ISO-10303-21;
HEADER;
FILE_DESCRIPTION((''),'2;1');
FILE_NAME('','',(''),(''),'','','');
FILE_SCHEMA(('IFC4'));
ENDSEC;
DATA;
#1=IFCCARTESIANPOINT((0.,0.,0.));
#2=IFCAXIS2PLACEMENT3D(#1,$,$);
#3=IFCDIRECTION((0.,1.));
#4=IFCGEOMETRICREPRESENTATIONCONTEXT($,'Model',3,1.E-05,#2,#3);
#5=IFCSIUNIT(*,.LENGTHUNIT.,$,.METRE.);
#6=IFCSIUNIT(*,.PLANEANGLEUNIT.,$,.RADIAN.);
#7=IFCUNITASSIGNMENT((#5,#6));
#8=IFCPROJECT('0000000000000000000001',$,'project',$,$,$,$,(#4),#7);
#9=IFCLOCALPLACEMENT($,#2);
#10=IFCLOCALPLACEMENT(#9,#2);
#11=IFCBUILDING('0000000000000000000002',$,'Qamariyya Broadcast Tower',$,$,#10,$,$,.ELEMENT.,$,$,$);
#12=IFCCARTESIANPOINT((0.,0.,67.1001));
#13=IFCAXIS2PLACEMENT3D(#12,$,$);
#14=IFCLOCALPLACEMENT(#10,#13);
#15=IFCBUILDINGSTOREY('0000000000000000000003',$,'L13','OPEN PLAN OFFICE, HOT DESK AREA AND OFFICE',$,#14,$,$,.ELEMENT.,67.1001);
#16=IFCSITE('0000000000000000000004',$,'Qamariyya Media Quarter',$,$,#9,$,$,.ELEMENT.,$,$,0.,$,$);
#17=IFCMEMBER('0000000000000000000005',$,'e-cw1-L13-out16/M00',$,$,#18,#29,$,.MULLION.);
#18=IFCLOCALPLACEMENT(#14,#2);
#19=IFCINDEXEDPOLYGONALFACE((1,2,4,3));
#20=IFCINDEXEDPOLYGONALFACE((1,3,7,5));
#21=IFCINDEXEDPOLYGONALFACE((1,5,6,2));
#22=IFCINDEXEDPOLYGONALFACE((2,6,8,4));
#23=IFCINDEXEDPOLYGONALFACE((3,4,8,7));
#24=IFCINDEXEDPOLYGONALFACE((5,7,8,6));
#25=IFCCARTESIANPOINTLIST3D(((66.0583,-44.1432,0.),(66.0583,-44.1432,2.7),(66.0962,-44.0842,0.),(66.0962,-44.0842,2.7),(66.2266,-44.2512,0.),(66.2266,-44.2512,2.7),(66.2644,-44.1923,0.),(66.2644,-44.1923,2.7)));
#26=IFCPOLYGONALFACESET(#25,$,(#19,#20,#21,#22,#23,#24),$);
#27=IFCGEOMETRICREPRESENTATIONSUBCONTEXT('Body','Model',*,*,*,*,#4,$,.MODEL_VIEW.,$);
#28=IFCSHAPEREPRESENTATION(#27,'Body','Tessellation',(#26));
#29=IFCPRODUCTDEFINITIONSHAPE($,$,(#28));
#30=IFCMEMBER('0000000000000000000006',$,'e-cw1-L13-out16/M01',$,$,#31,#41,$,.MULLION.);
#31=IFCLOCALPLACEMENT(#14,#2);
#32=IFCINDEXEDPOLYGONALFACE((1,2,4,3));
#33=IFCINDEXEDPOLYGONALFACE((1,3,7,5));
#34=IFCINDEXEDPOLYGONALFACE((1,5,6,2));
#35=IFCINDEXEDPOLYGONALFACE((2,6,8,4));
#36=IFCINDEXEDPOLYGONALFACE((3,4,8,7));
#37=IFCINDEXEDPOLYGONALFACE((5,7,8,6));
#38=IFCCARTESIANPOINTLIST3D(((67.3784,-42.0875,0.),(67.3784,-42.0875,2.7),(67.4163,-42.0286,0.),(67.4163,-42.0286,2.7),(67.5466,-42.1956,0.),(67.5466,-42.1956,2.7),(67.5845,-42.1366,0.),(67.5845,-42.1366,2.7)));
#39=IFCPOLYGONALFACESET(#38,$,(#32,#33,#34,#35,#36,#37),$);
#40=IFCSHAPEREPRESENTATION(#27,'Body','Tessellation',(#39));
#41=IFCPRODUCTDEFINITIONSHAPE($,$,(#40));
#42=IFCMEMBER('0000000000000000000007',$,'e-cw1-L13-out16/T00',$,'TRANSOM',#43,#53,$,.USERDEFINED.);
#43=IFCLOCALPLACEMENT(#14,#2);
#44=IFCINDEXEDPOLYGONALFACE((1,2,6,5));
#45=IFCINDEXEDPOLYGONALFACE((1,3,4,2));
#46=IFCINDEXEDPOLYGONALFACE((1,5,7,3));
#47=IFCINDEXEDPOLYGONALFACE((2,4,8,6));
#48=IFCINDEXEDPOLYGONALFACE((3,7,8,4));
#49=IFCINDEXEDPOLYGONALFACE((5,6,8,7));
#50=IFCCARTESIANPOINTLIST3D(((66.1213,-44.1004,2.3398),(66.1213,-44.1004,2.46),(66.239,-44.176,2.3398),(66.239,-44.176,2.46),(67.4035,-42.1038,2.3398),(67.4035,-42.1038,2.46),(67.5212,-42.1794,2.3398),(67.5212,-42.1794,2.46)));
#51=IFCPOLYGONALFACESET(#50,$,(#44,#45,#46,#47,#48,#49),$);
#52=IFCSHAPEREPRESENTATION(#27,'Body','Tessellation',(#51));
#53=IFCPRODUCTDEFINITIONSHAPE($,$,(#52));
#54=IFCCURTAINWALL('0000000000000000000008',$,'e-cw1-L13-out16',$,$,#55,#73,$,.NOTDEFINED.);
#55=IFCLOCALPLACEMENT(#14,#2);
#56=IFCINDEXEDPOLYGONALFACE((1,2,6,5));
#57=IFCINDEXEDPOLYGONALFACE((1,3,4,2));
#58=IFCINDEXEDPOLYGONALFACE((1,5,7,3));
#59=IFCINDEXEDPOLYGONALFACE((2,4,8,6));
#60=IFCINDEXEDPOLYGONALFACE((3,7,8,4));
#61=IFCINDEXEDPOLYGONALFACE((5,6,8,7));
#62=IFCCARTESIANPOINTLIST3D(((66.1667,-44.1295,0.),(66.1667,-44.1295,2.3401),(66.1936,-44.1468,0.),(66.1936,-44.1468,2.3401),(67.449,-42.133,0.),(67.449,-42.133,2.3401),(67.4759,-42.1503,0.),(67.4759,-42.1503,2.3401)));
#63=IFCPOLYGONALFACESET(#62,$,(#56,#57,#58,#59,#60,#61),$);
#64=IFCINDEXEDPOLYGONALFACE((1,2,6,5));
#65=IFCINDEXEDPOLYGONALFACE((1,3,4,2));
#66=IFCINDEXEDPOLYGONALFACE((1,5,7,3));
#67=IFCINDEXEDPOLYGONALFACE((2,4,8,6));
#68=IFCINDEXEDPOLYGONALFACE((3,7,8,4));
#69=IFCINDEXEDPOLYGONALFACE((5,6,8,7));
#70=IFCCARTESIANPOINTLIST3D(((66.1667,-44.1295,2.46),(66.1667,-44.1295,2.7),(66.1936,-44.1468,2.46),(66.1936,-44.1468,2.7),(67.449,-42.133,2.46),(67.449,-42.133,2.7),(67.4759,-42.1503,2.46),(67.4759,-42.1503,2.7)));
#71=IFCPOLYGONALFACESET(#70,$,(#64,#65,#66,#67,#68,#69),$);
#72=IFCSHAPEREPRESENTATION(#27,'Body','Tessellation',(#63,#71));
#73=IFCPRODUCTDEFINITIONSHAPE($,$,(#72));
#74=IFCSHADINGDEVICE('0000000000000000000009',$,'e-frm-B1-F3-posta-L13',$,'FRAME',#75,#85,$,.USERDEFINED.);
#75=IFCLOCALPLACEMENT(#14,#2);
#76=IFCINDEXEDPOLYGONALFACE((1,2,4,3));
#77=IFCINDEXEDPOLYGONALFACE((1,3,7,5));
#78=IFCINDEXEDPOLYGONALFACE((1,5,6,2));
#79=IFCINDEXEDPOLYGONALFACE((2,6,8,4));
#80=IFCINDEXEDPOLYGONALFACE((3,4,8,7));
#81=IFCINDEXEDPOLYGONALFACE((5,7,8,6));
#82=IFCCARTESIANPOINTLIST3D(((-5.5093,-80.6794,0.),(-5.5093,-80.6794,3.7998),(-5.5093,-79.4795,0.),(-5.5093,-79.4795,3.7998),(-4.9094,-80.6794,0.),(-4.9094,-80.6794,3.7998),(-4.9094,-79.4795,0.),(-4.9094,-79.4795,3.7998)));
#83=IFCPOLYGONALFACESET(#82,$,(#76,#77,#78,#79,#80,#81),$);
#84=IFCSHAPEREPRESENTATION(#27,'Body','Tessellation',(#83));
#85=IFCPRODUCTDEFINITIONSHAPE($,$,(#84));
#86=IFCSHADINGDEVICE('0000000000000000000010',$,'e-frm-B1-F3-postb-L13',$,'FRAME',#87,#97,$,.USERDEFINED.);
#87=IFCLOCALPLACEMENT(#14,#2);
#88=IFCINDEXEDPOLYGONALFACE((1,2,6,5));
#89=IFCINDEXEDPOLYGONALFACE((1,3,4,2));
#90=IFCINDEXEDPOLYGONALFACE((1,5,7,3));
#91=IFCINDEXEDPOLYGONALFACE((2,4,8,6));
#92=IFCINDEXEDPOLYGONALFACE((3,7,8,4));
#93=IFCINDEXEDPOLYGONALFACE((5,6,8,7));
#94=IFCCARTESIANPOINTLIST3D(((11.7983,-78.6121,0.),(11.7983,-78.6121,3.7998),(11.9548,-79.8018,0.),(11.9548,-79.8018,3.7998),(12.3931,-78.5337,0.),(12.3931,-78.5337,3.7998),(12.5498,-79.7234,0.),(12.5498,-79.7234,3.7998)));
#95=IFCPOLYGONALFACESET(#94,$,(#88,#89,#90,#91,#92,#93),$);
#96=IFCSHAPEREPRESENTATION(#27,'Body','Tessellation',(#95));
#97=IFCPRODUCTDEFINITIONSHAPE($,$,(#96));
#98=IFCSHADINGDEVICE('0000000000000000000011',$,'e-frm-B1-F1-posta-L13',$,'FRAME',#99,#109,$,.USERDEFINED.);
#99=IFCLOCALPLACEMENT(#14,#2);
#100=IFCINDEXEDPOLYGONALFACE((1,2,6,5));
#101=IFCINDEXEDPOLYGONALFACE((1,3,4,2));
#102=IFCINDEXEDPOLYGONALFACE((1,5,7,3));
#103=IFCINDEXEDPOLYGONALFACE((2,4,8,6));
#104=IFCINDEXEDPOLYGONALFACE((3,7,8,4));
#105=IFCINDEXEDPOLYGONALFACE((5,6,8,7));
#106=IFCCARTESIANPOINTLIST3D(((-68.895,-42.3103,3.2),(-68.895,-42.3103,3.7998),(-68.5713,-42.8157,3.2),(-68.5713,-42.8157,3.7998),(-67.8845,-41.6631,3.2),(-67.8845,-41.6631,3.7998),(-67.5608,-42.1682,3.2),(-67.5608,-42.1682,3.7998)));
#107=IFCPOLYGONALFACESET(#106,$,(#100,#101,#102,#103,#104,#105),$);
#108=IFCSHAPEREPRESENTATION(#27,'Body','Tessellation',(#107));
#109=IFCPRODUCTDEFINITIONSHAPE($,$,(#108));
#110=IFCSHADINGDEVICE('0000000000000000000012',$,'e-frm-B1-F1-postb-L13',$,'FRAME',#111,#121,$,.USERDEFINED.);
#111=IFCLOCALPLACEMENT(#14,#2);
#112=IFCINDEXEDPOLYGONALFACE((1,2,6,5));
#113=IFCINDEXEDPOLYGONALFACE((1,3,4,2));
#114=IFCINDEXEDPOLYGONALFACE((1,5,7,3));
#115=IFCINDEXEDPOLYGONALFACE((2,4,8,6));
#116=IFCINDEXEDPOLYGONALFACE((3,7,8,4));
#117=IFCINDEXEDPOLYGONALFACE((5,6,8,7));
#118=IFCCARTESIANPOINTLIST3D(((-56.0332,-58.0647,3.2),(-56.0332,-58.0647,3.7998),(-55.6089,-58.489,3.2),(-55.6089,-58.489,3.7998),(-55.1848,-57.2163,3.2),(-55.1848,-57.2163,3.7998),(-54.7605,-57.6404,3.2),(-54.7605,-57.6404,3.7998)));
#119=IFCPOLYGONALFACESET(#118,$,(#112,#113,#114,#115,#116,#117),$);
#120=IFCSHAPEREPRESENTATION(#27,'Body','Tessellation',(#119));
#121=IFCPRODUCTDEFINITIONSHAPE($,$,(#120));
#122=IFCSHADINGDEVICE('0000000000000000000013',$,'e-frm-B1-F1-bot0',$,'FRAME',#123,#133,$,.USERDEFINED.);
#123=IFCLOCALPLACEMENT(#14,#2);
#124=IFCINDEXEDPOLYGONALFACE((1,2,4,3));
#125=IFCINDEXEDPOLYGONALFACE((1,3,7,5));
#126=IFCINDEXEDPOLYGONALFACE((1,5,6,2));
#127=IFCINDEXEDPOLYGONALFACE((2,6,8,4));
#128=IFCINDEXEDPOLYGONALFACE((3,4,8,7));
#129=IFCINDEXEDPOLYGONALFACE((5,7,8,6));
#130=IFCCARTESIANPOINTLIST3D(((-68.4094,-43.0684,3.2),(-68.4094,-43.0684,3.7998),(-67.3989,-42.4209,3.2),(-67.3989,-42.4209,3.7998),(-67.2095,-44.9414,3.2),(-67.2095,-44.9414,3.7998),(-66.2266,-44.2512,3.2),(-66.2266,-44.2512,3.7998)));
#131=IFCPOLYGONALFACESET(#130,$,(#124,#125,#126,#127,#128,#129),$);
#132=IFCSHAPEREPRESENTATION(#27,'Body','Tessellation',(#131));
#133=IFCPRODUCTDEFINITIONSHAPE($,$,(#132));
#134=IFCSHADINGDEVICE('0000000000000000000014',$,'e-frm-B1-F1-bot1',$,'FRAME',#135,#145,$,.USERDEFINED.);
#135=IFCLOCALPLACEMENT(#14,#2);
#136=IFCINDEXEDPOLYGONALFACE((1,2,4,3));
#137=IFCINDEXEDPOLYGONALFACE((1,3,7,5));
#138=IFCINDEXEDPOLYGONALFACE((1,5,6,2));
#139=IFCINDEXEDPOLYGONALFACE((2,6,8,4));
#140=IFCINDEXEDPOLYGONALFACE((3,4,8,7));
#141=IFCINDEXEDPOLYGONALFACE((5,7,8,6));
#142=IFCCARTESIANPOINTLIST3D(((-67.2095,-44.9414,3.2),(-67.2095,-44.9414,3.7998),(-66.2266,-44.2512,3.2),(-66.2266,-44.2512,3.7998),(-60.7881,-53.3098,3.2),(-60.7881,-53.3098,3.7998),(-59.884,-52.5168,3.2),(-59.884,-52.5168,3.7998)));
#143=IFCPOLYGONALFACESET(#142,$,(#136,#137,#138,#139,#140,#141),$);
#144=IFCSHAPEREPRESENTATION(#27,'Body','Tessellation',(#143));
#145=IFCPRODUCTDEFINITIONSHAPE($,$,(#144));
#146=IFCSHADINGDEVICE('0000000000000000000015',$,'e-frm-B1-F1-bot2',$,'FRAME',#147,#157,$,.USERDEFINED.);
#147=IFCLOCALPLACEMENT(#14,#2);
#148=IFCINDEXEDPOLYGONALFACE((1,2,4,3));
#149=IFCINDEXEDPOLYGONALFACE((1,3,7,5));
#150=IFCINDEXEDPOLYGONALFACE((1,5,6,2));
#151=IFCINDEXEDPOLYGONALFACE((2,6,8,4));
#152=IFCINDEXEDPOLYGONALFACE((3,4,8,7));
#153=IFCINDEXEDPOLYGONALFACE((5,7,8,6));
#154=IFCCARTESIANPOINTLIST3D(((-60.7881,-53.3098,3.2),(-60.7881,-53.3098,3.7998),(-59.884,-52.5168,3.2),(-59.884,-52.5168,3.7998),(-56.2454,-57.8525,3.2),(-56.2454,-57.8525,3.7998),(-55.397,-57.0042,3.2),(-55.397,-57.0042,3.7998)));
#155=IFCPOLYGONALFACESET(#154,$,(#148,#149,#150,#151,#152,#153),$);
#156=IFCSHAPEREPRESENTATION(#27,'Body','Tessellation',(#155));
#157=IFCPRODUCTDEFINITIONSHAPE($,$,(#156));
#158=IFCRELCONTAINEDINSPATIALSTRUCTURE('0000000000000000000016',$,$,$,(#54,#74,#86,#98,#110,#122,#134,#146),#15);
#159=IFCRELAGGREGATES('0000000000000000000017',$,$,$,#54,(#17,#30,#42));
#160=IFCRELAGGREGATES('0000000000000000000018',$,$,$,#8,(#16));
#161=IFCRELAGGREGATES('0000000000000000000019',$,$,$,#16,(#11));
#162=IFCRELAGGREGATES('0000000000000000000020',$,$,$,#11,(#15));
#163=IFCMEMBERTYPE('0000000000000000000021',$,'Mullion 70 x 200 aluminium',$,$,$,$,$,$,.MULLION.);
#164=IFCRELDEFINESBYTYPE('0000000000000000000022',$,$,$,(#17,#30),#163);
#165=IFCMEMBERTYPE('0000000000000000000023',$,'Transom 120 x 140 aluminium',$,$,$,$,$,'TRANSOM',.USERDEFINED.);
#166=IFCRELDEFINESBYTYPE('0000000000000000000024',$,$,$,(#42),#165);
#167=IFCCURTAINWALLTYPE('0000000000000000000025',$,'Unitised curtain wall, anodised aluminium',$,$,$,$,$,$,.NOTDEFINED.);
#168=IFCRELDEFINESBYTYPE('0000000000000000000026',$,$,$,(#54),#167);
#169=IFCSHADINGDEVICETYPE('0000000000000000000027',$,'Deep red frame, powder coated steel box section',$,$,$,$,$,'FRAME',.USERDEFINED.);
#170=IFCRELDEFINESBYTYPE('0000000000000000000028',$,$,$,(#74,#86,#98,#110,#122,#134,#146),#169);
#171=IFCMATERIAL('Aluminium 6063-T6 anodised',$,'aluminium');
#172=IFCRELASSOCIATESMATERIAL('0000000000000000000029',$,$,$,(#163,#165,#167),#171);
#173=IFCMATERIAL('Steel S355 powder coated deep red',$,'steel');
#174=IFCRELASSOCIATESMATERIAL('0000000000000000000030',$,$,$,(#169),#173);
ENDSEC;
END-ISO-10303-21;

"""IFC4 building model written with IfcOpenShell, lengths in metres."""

from ifc_helpers import new_model, si_unit, direction, frame, origin, origin_2d, place, context, subcontext, project, spatial, polyline, rectangle, outline, extrude, material, material_profile, profile_set, type_object, element, aggregate, save


model = new_model("IFC4")

# Units and contexts
model_context = context("Model", 3, precision=1e-05, world=origin(), true_north=direction((0.0, 1.0)))
body_context = subcontext(model_context, "Body", "Model", "MODEL_VIEW")
ifc_project = project(units=[si_unit("LENGTHUNIT", "METRE"), si_unit("PLANEANGLEUNIT", "RADIAN")], contexts=[model_context])

# Members
ifc_material_1 = material(Name="Aluminium 6063-T6 anodised", Category="aluminium")
ifc_material_profile_1 = material_profile(ifc_material_1, rectangle(XDim=0.2, YDim=0.0701, at=origin_2d()))
ifc_profile_set_1 = profile_set([ifc_material_profile_1], Name="Aluminium 6063-T6 anodised")
member_type_1 = type_object("IfcMemberType", Name="Mullion 70 x 200 aluminium", PredefinedType="MULLION", material=ifc_profile_set_1)
site_placement = place(None, origin())
building_placement = place(site_placement, origin())
storey_placement = place(building_placement, frame((0.0, 0.0, 67.1001)))
member_1_placement = place(storey_placement, frame((66.1614, -44.1677, 0.0), z_axis=(0.0, 0.0, 1.0), x_axis=(-0.841439, 0.540353, 0.0)))
member_1 = element("IfcMember", 1, at=member_1_placement, type_object=member_type_1, Name="e-cw1-L13-out16/M00", PredefinedType="MULLION", context=body_context, shape_type="SweptSolid", body=[
    extrude(rectangle(XDim=0.2, YDim=0.0701, at=origin_2d()), origin(), (0.0, 0.0, 1.0), 2.7),
])
member_2_placement = place(storey_placement, frame((67.4814, -42.1121, 0.0), z_axis=(0.0, 0.0, 1.0), x_axis=(-0.841439, 0.540353, 0.0)))
member_2 = element("IfcMember", 2, at=member_2_placement, type_object=member_type_1, Name="e-cw1-L13-out16/M01", PredefinedType="MULLION", context=body_context, shape_type="SweptSolid", body=[
    extrude(rectangle(XDim=0.2, YDim=0.0701, at=origin_2d()), origin(), (0.0, 0.0, 1.0), 2.7),
])
ifc_material_profile_2 = material_profile(ifc_material_1, rectangle(XDim=0.1399, YDim=0.1201, at=origin_2d()))
ifc_profile_set_2 = profile_set([ifc_material_profile_2], Name="Aluminium 6063-T6 anodised")
member_type_2 = type_object("IfcMemberType", Name="Transom 120 x 140 aluminium", ElementType="TRANSOM", PredefinedType="USERDEFINED", material=ifc_profile_set_2)
member_3_placement = place(storey_placement, frame((66.1802, -44.1382, 2.3999), z_axis=(0.540373, 0.841426, 0.0), x_axis=(-0.841426, 0.540373, 0.0)))
member_3 = element("IfcMember", 3, at=member_3_placement, type_object=member_type_2, Name="e-cw1-L13-out16/T00", ObjectType="TRANSOM", PredefinedType="USERDEFINED", context=body_context, shape_type="SweptSolid", body=[
    extrude(rectangle(XDim=0.1399, YDim=0.1201, at=origin_2d()), origin(), (0.0, 0.0, 1.0), 2.3728),
])

# Site, building, storey
site = spatial("IfcSite", under=ifc_project, at=site_placement, Name="Qamariyya Media Quarter", CompositionType="ELEMENT", RefElevation=0.0)
building = spatial("IfcBuilding", under=site, at=building_placement, Name="Qamariyya Broadcast Tower", CompositionType="ELEMENT")
storey = spatial("IfcBuildingStorey", under=building, at=storey_placement, Name="L13", Description="OPEN PLAN OFFICE, HOT DESK AREA AND OFFICE", CompositionType="ELEMENT", Elevation=67.1001)

# Curtain wall
curtain_wall_type = type_object("IfcCurtainWallType", Name="Unitised curtain wall, anodised aluminium", PredefinedType="NOTDEFINED", material=ifc_material_1)
curtain_wall_1_placement = place(storey_placement, origin())
curtain_wall_1 = element("IfcCurtainWall", 4, at=curtain_wall_1_placement, inside=storey, type_object=curtain_wall_type, Name="e-cw1-L13-out16", PredefinedType="NOTDEFINED", context=body_context, shape_type="SweptSolid", body=[
    extrude(rectangle(XDim=2.3728, YDim=0.032, at=origin_2d()), frame((66.8213, -43.1399, 0.0), x_axis=(0.540404, 0.841406, 0.0)), (0.0, 0.0, 1.0), 2.3401),
    extrude(rectangle(XDim=2.3728, YDim=0.032, at=origin_2d()), frame((66.8213, -43.1399, 2.46), x_axis=(0.540404, 0.841406, 0.0)), (0.0, 0.0, 1.0), 0.24),
])
aggregate(curtain_wall_1, [member_1, member_2, member_3])

# Shading devices
ifc_material_2 = material(Name="Steel S355 powder coated deep red", Category="steel")
shading_device_type = type_object("IfcShadingDeviceType", Name="Deep red frame, powder coated steel box section", ElementType="FRAME", PredefinedType="USERDEFINED", material=ifc_material_2)
shading_device_1_placement = place(storey_placement, origin())
element("IfcShadingDevice", 5, at=shading_device_1_placement, inside=storey, type_object=shading_device_type, Name="e-frm-B1-F3-posta-L13", ObjectType="FRAME", PredefinedType="USERDEFINED", context=body_context, shape_type="SweptSolid", body=[
    extrude(outline(polyline([(-5.5093, -79.4795), (-5.5093, -80.6794), (-4.9094, -80.6794), (-4.9094, -79.4795), (-5.5093, -79.4795)])), origin(), (0.0, 0.0, 1.0), 3.7998),
])
shading_device_2_placement = place(storey_placement, origin())
element("IfcShadingDevice", 6, at=shading_device_2_placement, inside=storey, type_object=shading_device_type, Name="e-frm-B1-F3-postb-L13", ObjectType="FRAME", PredefinedType="USERDEFINED", context=body_context, shape_type="SweptSolid", body=[
    extrude(outline(polyline([(11.7983, -78.6121), (11.9548, -79.8018), (12.5498, -79.7234), (12.3931, -78.5337), (11.7983, -78.6121)])), origin(), (0.0, 0.0, 1.0), 3.7998),
])
shading_device_3_placement = place(storey_placement, frame((0.0, 0.0, 3.2)))
element("IfcShadingDevice", 7, at=shading_device_3_placement, inside=storey, type_object=shading_device_type, Name="e-frm-B1-F1-posta-L13", ObjectType="FRAME", PredefinedType="USERDEFINED", context=body_context, shape_type="SweptSolid", body=[
    extrude(outline(polyline([(-67.8845, -41.6631), (-68.895, -42.3103), (-68.5713, -42.8157), (-67.5608, -42.1682), (-67.8845, -41.6631)])), origin(), (0.0, 0.0, 1.0), 0.5999),
])
shading_device_4_placement = place(storey_placement, frame((0.0, 0.0, 3.2)))
element("IfcShadingDevice", 8, at=shading_device_4_placement, inside=storey, type_object=shading_device_type, Name="e-frm-B1-F1-postb-L13", ObjectType="FRAME", PredefinedType="USERDEFINED", context=body_context, shape_type="SweptSolid", body=[
    extrude(outline(polyline([(-55.1848, -57.2163), (-56.0332, -58.0647), (-55.6089, -58.489), (-54.7605, -57.6404), (-55.1848, -57.2163)])), origin(), (0.0, 0.0, 1.0), 0.5999),
])
shading_device_5_placement = place(storey_placement, frame((0.0, 0.0, 3.2)))
element("IfcShadingDevice", 9, at=shading_device_5_placement, inside=storey, type_object=shading_device_type, Name="e-frm-B1-F1-bot0", ObjectType="FRAME", PredefinedType="USERDEFINED", context=body_context, shape_type="SweptSolid", body=[
    extrude(outline(polyline([(-67.3989, -42.4209), (-68.4094, -43.0684), (-67.2095, -44.9414), (-66.2266, -44.2512), (-67.3989, -42.4209)])), origin(), (0.0, 0.0, 1.0), 0.5999),
])
shading_device_6_placement = place(storey_placement, frame((0.0, 0.0, 3.2)))
element("IfcShadingDevice", 10, at=shading_device_6_placement, inside=storey, type_object=shading_device_type, Name="e-frm-B1-F1-bot1", ObjectType="FRAME", PredefinedType="USERDEFINED", context=body_context, shape_type="SweptSolid", body=[
    extrude(outline(polyline([(-66.2266, -44.2512), (-67.2095, -44.9414), (-60.7881, -53.3098), (-59.884, -52.5168), (-66.2266, -44.2512)])), origin(), (0.0, 0.0, 1.0), 0.5999),
])
shading_device_7_placement = place(storey_placement, frame((0.0, 0.0, 3.2)))
element("IfcShadingDevice", 11, at=shading_device_7_placement, inside=storey, type_object=shading_device_type, Name="e-frm-B1-F1-bot2", ObjectType="FRAME", PredefinedType="USERDEFINED", context=body_context, shape_type="SweptSolid", body=[
    extrude(outline(polyline([(-59.884, -52.5168), (-60.7881, -53.3098), (-56.2454, -57.8525), (-55.397, -57.0042), (-59.884, -52.5168)])), origin(), (0.0, 0.0, 1.0), 0.5999),
])

save(model, "model.ifc")
